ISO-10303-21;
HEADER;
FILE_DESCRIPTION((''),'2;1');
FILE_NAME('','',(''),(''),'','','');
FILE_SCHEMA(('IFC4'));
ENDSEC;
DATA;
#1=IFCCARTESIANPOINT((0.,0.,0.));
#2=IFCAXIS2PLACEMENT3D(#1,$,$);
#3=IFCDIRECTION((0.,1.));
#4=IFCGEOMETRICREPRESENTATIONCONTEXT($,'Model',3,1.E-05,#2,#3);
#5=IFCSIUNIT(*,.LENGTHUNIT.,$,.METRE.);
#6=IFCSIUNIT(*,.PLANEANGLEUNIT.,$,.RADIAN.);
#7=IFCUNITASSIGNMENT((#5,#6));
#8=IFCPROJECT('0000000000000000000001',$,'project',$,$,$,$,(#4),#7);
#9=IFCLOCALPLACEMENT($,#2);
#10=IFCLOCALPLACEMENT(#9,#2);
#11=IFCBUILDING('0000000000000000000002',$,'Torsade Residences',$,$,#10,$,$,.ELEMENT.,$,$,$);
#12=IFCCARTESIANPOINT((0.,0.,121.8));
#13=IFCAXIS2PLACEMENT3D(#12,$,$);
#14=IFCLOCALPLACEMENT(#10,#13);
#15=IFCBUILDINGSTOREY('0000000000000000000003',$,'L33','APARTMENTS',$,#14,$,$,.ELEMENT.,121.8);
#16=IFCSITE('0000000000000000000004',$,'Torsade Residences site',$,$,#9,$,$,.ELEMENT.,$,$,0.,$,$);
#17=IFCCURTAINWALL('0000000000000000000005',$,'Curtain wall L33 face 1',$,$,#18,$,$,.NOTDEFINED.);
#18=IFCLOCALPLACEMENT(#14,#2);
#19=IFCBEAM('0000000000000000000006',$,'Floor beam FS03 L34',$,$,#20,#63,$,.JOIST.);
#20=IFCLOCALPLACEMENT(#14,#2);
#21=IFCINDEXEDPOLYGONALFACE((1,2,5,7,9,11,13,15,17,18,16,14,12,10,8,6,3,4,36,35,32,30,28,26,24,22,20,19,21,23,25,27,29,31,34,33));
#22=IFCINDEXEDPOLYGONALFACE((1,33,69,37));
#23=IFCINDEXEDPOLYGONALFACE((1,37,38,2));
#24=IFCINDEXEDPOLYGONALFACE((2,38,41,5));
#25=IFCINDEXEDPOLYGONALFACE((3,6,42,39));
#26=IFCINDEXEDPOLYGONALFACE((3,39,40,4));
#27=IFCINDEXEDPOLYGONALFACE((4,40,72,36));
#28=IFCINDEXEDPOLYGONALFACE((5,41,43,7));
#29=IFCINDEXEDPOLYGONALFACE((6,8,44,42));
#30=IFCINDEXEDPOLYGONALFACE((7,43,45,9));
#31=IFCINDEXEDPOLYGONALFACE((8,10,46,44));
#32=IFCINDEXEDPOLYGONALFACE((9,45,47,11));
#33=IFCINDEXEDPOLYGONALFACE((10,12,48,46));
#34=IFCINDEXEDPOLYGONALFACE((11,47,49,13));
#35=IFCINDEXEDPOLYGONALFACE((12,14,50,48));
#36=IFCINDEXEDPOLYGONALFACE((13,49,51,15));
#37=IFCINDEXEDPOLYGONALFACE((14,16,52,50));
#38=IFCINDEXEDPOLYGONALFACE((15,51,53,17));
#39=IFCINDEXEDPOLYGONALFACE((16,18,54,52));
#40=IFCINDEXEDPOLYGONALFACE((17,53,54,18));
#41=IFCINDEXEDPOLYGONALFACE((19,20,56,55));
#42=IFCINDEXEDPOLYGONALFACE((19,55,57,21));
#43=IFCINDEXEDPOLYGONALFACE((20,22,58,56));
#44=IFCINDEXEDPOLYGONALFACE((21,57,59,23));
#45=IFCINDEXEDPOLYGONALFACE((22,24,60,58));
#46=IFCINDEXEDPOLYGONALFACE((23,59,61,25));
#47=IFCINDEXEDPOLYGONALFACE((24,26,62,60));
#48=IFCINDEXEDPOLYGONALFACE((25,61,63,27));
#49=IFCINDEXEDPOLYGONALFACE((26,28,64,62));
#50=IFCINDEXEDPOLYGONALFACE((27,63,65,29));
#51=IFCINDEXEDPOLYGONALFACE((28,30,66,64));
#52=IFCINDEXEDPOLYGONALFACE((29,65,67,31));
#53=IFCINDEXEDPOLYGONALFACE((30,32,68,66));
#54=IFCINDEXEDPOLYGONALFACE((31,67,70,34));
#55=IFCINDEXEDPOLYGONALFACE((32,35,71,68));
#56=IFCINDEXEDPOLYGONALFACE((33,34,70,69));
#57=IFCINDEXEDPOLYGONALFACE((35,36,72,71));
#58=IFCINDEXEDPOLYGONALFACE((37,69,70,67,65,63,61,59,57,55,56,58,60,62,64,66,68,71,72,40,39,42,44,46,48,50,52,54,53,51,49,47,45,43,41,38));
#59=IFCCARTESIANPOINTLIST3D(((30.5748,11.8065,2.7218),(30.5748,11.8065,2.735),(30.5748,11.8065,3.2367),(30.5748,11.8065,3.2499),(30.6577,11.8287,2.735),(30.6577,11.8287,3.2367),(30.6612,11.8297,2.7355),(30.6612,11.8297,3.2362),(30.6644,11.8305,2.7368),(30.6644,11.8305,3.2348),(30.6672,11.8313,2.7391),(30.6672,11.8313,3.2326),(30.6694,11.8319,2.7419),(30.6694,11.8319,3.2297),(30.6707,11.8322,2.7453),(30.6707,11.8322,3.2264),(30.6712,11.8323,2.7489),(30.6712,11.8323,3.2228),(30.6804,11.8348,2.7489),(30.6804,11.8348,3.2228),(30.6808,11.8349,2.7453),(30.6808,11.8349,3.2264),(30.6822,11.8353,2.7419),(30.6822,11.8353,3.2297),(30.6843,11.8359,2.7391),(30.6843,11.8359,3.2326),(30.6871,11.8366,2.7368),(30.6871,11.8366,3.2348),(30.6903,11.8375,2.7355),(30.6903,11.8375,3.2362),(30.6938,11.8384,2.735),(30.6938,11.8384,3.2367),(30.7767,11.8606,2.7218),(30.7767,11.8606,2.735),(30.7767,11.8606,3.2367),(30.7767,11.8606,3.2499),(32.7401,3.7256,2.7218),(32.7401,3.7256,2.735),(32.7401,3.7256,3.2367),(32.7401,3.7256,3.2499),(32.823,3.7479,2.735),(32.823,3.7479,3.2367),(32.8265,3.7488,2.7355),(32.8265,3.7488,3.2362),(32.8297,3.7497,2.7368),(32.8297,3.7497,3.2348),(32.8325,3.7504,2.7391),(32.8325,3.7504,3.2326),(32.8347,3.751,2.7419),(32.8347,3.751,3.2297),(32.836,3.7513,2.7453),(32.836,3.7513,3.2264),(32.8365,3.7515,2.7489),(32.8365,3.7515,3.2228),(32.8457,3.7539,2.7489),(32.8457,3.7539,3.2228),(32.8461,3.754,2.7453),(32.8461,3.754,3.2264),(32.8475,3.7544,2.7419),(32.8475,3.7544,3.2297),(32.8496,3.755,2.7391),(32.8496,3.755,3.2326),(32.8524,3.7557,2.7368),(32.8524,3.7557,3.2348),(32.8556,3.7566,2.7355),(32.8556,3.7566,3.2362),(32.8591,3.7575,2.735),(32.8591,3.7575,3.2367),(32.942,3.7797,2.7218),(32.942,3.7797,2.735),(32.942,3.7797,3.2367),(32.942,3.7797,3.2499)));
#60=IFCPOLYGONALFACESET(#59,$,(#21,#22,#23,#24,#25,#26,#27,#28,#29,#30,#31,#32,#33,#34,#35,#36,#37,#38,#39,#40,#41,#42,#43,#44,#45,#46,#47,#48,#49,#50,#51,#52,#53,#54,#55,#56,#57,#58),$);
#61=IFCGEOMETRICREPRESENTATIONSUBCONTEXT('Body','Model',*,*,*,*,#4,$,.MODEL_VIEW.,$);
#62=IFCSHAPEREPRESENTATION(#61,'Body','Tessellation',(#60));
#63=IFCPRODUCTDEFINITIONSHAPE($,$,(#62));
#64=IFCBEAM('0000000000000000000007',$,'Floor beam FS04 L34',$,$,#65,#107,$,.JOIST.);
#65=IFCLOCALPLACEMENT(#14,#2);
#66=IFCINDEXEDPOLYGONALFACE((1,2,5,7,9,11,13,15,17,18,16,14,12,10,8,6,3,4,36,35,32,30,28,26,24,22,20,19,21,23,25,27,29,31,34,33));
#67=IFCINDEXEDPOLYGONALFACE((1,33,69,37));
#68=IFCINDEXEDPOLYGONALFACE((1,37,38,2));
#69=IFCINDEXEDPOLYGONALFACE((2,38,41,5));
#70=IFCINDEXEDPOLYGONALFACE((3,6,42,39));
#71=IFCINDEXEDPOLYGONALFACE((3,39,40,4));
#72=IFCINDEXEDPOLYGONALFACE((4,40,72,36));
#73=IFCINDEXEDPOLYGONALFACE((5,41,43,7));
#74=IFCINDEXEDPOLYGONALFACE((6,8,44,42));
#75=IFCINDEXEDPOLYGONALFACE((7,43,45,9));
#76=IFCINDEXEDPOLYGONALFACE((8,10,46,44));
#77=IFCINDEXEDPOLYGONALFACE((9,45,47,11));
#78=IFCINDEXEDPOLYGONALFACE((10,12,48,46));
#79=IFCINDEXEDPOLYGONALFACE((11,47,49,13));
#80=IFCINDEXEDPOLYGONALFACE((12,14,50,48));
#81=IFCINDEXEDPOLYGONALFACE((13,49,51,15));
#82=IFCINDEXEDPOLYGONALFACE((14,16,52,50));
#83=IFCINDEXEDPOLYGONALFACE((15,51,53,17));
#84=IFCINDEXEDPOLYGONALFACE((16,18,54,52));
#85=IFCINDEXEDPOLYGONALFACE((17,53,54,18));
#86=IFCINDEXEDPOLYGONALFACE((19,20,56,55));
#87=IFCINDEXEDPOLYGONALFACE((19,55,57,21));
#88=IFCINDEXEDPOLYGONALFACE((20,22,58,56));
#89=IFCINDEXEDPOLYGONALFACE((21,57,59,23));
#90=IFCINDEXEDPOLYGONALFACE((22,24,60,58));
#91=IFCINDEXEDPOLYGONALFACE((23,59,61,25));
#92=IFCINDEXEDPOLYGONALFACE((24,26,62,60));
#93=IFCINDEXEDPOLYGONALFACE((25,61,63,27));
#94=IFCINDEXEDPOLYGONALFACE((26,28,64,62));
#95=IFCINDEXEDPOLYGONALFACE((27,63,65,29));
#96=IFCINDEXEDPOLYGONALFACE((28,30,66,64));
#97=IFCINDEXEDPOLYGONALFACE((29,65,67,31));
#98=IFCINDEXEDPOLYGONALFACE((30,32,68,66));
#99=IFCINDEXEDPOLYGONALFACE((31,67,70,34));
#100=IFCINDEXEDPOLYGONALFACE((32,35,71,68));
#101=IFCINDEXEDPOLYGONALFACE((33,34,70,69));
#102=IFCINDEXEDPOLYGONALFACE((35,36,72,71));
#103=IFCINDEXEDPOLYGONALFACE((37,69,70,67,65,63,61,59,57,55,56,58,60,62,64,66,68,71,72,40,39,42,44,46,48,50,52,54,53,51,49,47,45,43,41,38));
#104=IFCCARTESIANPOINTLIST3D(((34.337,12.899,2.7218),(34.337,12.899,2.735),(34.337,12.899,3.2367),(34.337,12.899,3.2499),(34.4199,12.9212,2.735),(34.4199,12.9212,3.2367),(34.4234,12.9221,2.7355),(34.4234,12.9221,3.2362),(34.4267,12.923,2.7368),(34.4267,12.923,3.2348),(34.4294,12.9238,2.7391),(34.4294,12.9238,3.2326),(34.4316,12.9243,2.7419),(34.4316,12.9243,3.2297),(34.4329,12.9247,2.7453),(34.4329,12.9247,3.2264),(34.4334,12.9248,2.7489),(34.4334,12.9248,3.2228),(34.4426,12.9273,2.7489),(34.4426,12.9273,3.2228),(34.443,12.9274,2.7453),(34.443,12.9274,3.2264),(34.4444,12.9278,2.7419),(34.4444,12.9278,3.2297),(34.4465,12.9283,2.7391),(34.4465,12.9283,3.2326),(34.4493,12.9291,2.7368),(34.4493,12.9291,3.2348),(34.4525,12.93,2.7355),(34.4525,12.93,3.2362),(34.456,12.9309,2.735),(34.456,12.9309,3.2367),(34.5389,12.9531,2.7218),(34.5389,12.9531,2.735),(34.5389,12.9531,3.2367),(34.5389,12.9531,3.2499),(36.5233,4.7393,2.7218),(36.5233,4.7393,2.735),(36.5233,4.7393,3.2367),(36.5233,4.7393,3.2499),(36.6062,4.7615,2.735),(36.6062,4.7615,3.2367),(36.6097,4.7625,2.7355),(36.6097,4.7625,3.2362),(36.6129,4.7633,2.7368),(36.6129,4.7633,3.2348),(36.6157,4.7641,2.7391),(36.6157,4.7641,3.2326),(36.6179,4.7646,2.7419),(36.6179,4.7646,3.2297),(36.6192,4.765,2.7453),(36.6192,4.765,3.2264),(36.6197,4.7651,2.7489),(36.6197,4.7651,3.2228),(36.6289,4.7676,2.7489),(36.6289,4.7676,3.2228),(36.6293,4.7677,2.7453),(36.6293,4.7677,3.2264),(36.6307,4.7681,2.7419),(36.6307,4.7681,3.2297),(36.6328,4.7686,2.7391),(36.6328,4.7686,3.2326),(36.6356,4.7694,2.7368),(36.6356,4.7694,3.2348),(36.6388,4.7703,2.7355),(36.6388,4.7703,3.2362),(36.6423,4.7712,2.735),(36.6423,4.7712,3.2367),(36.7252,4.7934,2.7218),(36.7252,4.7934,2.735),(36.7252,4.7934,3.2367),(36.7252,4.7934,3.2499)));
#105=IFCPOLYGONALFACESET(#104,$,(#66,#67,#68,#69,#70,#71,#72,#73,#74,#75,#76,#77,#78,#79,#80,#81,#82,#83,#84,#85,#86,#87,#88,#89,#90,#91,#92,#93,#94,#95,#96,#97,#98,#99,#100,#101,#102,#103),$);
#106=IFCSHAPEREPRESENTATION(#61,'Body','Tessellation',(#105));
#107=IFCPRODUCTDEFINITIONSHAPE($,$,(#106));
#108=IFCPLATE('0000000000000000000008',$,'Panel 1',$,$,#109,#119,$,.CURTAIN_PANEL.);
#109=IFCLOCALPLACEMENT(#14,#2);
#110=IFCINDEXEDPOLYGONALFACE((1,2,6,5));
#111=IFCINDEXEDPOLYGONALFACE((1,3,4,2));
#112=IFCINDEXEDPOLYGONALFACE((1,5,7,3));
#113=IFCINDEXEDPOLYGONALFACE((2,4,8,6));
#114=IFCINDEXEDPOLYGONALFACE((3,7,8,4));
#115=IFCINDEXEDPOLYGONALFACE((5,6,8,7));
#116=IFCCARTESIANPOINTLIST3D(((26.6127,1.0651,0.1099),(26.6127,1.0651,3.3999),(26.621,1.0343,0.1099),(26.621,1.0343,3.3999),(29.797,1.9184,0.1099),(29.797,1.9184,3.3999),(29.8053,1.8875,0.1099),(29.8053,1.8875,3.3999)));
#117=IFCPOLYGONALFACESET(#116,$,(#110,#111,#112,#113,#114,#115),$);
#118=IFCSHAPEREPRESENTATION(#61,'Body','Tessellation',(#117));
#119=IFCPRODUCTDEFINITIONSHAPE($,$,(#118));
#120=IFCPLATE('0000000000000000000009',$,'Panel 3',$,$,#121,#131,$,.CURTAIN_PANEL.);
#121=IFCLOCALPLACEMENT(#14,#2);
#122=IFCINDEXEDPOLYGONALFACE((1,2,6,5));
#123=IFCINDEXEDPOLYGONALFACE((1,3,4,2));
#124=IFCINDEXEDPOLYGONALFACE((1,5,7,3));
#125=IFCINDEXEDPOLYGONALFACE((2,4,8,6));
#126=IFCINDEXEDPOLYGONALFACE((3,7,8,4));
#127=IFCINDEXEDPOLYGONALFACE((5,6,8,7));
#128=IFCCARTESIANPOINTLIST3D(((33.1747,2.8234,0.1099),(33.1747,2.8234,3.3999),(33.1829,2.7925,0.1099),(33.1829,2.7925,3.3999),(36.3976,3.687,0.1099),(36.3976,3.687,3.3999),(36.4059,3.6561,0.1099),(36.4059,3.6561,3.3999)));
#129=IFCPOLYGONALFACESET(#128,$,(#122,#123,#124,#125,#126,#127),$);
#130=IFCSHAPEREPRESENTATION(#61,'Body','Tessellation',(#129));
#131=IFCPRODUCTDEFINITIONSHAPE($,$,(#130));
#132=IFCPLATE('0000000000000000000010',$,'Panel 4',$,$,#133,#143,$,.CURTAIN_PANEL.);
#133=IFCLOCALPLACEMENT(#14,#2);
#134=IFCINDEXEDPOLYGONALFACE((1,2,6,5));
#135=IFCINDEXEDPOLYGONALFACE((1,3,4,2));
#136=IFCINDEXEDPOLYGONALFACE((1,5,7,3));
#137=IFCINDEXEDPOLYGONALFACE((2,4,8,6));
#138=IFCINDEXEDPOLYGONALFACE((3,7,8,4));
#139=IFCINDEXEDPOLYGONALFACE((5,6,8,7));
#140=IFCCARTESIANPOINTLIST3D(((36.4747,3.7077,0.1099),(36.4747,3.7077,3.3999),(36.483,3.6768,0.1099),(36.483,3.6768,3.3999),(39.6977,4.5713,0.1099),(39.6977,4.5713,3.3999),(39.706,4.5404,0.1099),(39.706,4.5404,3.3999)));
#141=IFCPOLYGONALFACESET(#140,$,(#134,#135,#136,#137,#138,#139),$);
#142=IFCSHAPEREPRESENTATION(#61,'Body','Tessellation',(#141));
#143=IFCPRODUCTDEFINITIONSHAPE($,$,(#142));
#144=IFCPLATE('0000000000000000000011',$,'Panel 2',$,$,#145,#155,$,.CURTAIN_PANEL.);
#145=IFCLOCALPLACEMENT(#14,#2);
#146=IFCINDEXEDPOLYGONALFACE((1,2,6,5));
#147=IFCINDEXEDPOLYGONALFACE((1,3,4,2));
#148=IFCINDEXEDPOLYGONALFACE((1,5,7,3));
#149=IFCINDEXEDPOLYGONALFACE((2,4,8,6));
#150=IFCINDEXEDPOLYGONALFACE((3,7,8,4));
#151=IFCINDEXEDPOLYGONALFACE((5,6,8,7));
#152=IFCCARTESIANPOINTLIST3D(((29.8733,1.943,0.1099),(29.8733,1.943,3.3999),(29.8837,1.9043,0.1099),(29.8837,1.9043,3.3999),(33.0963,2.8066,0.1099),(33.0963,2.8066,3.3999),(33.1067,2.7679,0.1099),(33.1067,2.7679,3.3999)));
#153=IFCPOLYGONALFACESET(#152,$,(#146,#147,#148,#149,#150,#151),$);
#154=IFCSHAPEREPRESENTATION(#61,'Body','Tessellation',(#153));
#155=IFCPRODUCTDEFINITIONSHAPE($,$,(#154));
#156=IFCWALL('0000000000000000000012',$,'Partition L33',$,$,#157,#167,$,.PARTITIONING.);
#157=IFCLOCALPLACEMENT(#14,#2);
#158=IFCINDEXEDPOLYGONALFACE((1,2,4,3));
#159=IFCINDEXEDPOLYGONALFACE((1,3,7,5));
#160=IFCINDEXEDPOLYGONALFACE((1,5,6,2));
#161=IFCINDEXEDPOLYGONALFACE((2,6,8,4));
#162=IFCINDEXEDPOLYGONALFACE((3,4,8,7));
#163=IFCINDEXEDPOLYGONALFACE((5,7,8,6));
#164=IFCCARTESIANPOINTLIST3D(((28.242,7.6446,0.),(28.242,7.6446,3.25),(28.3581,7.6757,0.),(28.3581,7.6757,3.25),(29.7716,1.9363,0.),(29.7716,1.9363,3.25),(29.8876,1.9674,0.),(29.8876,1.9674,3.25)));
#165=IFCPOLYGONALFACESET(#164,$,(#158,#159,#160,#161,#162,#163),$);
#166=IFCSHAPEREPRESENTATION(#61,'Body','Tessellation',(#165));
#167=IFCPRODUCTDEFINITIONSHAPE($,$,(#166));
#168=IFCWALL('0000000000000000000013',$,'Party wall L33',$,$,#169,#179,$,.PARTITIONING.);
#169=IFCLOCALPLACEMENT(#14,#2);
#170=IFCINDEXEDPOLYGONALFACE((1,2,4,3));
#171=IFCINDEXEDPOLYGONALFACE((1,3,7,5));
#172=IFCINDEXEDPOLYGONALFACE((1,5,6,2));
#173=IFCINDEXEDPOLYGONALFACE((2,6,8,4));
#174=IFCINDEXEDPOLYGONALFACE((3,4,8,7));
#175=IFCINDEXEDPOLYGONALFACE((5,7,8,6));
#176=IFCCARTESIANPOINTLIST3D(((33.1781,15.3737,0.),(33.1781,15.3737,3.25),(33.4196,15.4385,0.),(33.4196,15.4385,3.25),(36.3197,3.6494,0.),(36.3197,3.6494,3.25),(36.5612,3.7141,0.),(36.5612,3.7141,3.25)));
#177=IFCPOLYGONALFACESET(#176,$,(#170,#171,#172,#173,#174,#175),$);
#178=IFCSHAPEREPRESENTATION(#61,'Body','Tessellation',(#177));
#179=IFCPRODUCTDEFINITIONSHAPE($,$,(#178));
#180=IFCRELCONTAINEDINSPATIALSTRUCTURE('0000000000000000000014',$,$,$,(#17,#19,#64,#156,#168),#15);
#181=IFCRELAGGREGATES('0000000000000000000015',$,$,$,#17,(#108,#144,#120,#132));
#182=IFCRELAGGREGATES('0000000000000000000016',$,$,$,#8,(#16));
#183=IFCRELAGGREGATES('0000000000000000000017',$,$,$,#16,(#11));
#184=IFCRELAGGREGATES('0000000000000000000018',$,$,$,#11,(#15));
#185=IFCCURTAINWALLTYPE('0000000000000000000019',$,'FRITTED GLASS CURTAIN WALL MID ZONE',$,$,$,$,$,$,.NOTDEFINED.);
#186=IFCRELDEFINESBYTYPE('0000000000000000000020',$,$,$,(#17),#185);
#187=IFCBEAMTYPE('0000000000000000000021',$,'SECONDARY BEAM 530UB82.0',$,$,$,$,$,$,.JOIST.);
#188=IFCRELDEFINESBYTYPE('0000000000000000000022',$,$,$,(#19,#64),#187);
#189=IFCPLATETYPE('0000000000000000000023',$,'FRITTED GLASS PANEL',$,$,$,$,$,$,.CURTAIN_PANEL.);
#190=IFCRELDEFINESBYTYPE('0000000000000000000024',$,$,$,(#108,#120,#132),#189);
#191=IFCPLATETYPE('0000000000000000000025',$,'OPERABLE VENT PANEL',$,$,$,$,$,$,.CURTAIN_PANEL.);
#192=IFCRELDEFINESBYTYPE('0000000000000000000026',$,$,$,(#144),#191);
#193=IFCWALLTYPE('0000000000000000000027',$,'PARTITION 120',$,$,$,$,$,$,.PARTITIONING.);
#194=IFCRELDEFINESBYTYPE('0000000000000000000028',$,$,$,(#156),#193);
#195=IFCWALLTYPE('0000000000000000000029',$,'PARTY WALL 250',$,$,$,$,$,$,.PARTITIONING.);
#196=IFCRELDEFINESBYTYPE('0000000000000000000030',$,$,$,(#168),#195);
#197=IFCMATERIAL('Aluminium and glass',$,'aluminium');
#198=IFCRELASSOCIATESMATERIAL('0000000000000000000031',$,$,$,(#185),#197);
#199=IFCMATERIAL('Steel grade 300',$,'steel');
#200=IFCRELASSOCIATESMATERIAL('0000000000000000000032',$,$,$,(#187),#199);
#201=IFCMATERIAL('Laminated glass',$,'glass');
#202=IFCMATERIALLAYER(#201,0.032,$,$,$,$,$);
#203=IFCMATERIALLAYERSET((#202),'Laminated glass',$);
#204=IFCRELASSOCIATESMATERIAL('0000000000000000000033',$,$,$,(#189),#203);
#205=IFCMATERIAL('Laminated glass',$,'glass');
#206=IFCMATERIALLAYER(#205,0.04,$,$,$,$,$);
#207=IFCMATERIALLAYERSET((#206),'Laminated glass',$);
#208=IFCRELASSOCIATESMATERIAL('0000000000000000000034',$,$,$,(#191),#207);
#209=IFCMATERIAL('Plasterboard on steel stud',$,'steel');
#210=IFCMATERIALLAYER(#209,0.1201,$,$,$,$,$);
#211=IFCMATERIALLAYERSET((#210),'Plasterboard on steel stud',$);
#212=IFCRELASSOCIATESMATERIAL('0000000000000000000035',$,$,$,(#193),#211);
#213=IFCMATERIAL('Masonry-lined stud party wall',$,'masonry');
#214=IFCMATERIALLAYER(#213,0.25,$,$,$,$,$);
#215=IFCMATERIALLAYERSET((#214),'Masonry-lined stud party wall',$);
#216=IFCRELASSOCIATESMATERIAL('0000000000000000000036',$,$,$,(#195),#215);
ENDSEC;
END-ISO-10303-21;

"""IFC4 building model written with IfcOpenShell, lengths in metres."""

from ifc_helpers import new_model, si_unit, direction, frame, frame_2d, origin, origin_2d, place, context, subcontext, project, spatial, rectangle, i_section, extrude, material, layer, layer_set, material_profile, profile_set, type_object, element, aggregate, save


model = new_model("IFC4")

# Units and contexts
model_context = context("Model", 3, precision=1e-05, world=origin(), true_north=direction((0.0, 1.0)))
body_context = subcontext(model_context, "Body", "Model", "MODEL_VIEW")
ifc_project = project(units=[si_unit("LENGTHUNIT", "METRE"), si_unit("PLANEANGLEUNIT", "RADIAN")], contexts=[model_context])

# Site, building, storey
site_placement = place(None, origin())
site = spatial("IfcSite", under=ifc_project, at=site_placement, Name="Torsade Residences site", CompositionType="ELEMENT", RefElevation=0.0)
building_placement = place(site_placement, origin())
building = spatial("IfcBuilding", under=site, at=building_placement, Name="Torsade Residences", CompositionType="ELEMENT")
storey_placement = place(building_placement, frame((0.0, 0.0, 121.8)))
storey = spatial("IfcBuildingStorey", under=building, at=storey_placement, Name="L33", Description="APARTMENTS", CompositionType="ELEMENT", Elevation=121.8)

# Curtain wall
ifc_material_1 = material(Name="Aluminium and glass", Category="aluminium")
curtain_wall_type = type_object("IfcCurtainWallType", Name="FRITTED GLASS CURTAIN WALL MID ZONE", PredefinedType="NOTDEFINED", material=ifc_material_1)
curtain_wall_placement = place(storey_placement, origin())
curtain_wall = element("IfcCurtainWall", 1, at=curtain_wall_placement, inside=storey, type_object=curtain_wall_type, Name="Curtain wall L33 face 1", PredefinedType="NOTDEFINED")

# Beams
ifc_material_2 = material(Name="Steel grade 300", Category="steel")
ifc_material_profile_1 = material_profile(ifc_material_2, i_section(OverallWidth=0.209, OverallDepth=0.5281, WebThickness=0.0095, FlangeThickness=0.0132, FilletRadius=0.0139, at=origin_2d()), Name="530UB82.0")
ifc_profile_set_1 = profile_set([ifc_material_profile_1], Name="Steel grade 300")
beam_type_1 = type_object("IfcBeamType", Name="SECONDARY BEAM 530UB82.0", PredefinedType="JOIST", material=ifc_profile_set_1)
beam_1_placement = place(storey_placement, frame((32.8411, 3.7527, 2.9858), z_axis=(-0.258823, 0.965925, 0.0), x_axis=(-0.965925, -0.258823, 0.0)))
element("IfcBeam", 2, at=beam_1_placement, inside=storey, type_object=beam_type_1, Name="Floor beam FS03 L34", PredefinedType="JOIST", context=body_context, shape_type="SweptSolid", body=[
    extrude(i_section(OverallWidth=0.209, OverallDepth=0.5281, WebThickness=0.0095, FlangeThickness=0.0132, FilletRadius=0.0139, at=origin_2d()), origin(), (0.0, 0.0, 1.0), 8.366),
])
beam_2_placement = place(storey_placement, frame((36.6243, 4.7664, 2.9858), z_axis=(-0.258808, 0.965929, 0.0), x_axis=(-0.965929, -0.258808, 0.0)))
element("IfcBeam", 3, at=beam_2_placement, inside=storey, type_object=beam_type_1, Name="Floor beam FS04 L34", PredefinedType="JOIST", context=body_context, shape_type="SweptSolid", body=[
    extrude(i_section(OverallWidth=0.209, OverallDepth=0.5281, WebThickness=0.0095, FlangeThickness=0.0132, FilletRadius=0.0139, at=origin_2d()), origin(), (0.0, 0.0, 1.0), 8.4475),
])

# Plates
ifc_material_3 = material(Name="Laminated glass", Category="glass")
ifc_layer_1 = layer(ifc_material_3, 0.032)
ifc_layer_set_1 = layer_set([ifc_layer_1], Name="Laminated glass")
plate_type_1 = type_object("IfcPlateType", Name="FRITTED GLASS PANEL", PredefinedType="CURTAIN_PANEL", material=ifc_layer_set_1)
plate_1_placement = place(storey_placement, frame((28.209, 1.4763, 0.1099), z_axis=(0.0, 0.0, 1.0), x_axis=(0.965926, 0.258819, 0.0)))
plate_1 = element("IfcPlate", 4, at=plate_1_placement, type_object=plate_type_1, Name="Panel 1", PredefinedType="CURTAIN_PANEL", context=body_context, shape_type="SweptSolid", body=[
    extrude(rectangle(XDim=3.2966, YDim=0.032, at=origin_2d()), origin(), (0.0, 0.0, 1.0), 3.29),
])
plate_2_placement = place(storey_placement, frame((34.7903, 3.2397, 0.1099), z_axis=(0.0, 0.0, 1.0), x_axis=(0.965926, 0.258819, 0.0)))
plate_2 = element("IfcPlate", 5, at=plate_2_placement, type_object=plate_type_1, Name="Panel 3", PredefinedType="CURTAIN_PANEL", context=body_context, shape_type="SweptSolid", body=[
    extrude(rectangle(XDim=3.3367, YDim=0.032, at=origin_2d()), origin(), (0.0, 0.0, 1.0), 3.29),
])
plate_3_placement = place(storey_placement, frame((38.0903, 4.124, 0.1099), z_axis=(0.0, 0.0, 1.0), x_axis=(0.965926, 0.258819, 0.0)))
plate_3 = element("IfcPlate", 6, at=plate_3_placement, type_object=plate_type_1, Name="Panel 4", PredefinedType="CURTAIN_PANEL", context=body_context, shape_type="SweptSolid", body=[
    extrude(rectangle(XDim=3.3367, YDim=0.032, at=origin_2d()), origin(), (0.0, 0.0, 1.0), 3.29),
])
ifc_material_4 = material(Name="Laminated glass", Category="glass")
ifc_layer_2 = layer(ifc_material_4, 0.04)
ifc_layer_set_2 = layer_set([ifc_layer_2], Name="Laminated glass")
plate_type_2 = type_object("IfcPlateType", Name="OPERABLE VENT PANEL", PredefinedType="CURTAIN_PANEL", material=ifc_layer_set_2)
plate_4_placement = place(storey_placement, frame((31.49, 2.3555, 0.1099), z_axis=(0.0, 0.0, 1.0), x_axis=(0.965926, 0.258819, 0.0)))
plate_4 = element("IfcPlate", 7, at=plate_4_placement, type_object=plate_type_2, Name="Panel 2", PredefinedType="CURTAIN_PANEL", context=body_context, shape_type="SweptSolid", body=[
    extrude(rectangle(XDim=3.3367, YDim=0.04, at=origin_2d()), origin(), (0.0, 0.0, 1.0), 3.29),
])
aggregate(curtain_wall, [plate_1, plate_4, plate_2, plate_3])

# Walls
ifc_material_5 = material(Name="Plasterboard on steel stud", Category="steel")
ifc_layer_3 = layer(ifc_material_5, 0.1201)
ifc_layer_set_3 = layer_set([ifc_layer_3], Name="Plasterboard on steel stud")
wall_type_1 = type_object("IfcWallType", Name="PARTITION 120", PredefinedType="PARTITIONING", material=ifc_layer_set_3)
wall_1_placement = place(storey_placement, frame((28.3, 7.6602, 0.0), z_axis=(0.0, 0.0, 1.0), x_axis=(0.258822, -0.965925, 0.0)))
element("IfcWall", 8, at=wall_1_placement, inside=storey, type_object=wall_type_1, Name="Partition L33", PredefinedType="PARTITIONING", context=body_context, shape_type="SweptSolid", body=[
    extrude(rectangle(XDim=5.9097, YDim=0.1201, at=frame_2d((2.9548, 0.0))), origin(), (0.0, 0.0, 1.0), 3.25),
])
ifc_material_6 = material(Name="Masonry-lined stud party wall", Category="masonry")
ifc_layer_4 = layer(ifc_material_6, 0.25)
ifc_layer_set_4 = layer_set([ifc_layer_4], Name="Masonry-lined stud party wall")
wall_type_2 = type_object("IfcWallType", Name="PARTY WALL 250", PredefinedType="PARTITIONING", material=ifc_layer_set_4)
wall_2_placement = place(storey_placement, frame((36.4404, 3.6819, 0.0), z_axis=(0.0, 0.0, 1.0), x_axis=(-0.258824, 0.965924, 0.0)))
element("IfcWall", 9, at=wall_2_placement, inside=storey, type_object=wall_type_2, Name="Party wall L33", PredefinedType="PARTITIONING", context=body_context, shape_type="SweptSolid", body=[
    extrude(rectangle(XDim=12.1379, YDim=0.25, at=frame_2d((6.0688, 0.0))), origin(), (0.0, 0.0, 1.0), 3.25),
])

save(model, "model.ifc")
